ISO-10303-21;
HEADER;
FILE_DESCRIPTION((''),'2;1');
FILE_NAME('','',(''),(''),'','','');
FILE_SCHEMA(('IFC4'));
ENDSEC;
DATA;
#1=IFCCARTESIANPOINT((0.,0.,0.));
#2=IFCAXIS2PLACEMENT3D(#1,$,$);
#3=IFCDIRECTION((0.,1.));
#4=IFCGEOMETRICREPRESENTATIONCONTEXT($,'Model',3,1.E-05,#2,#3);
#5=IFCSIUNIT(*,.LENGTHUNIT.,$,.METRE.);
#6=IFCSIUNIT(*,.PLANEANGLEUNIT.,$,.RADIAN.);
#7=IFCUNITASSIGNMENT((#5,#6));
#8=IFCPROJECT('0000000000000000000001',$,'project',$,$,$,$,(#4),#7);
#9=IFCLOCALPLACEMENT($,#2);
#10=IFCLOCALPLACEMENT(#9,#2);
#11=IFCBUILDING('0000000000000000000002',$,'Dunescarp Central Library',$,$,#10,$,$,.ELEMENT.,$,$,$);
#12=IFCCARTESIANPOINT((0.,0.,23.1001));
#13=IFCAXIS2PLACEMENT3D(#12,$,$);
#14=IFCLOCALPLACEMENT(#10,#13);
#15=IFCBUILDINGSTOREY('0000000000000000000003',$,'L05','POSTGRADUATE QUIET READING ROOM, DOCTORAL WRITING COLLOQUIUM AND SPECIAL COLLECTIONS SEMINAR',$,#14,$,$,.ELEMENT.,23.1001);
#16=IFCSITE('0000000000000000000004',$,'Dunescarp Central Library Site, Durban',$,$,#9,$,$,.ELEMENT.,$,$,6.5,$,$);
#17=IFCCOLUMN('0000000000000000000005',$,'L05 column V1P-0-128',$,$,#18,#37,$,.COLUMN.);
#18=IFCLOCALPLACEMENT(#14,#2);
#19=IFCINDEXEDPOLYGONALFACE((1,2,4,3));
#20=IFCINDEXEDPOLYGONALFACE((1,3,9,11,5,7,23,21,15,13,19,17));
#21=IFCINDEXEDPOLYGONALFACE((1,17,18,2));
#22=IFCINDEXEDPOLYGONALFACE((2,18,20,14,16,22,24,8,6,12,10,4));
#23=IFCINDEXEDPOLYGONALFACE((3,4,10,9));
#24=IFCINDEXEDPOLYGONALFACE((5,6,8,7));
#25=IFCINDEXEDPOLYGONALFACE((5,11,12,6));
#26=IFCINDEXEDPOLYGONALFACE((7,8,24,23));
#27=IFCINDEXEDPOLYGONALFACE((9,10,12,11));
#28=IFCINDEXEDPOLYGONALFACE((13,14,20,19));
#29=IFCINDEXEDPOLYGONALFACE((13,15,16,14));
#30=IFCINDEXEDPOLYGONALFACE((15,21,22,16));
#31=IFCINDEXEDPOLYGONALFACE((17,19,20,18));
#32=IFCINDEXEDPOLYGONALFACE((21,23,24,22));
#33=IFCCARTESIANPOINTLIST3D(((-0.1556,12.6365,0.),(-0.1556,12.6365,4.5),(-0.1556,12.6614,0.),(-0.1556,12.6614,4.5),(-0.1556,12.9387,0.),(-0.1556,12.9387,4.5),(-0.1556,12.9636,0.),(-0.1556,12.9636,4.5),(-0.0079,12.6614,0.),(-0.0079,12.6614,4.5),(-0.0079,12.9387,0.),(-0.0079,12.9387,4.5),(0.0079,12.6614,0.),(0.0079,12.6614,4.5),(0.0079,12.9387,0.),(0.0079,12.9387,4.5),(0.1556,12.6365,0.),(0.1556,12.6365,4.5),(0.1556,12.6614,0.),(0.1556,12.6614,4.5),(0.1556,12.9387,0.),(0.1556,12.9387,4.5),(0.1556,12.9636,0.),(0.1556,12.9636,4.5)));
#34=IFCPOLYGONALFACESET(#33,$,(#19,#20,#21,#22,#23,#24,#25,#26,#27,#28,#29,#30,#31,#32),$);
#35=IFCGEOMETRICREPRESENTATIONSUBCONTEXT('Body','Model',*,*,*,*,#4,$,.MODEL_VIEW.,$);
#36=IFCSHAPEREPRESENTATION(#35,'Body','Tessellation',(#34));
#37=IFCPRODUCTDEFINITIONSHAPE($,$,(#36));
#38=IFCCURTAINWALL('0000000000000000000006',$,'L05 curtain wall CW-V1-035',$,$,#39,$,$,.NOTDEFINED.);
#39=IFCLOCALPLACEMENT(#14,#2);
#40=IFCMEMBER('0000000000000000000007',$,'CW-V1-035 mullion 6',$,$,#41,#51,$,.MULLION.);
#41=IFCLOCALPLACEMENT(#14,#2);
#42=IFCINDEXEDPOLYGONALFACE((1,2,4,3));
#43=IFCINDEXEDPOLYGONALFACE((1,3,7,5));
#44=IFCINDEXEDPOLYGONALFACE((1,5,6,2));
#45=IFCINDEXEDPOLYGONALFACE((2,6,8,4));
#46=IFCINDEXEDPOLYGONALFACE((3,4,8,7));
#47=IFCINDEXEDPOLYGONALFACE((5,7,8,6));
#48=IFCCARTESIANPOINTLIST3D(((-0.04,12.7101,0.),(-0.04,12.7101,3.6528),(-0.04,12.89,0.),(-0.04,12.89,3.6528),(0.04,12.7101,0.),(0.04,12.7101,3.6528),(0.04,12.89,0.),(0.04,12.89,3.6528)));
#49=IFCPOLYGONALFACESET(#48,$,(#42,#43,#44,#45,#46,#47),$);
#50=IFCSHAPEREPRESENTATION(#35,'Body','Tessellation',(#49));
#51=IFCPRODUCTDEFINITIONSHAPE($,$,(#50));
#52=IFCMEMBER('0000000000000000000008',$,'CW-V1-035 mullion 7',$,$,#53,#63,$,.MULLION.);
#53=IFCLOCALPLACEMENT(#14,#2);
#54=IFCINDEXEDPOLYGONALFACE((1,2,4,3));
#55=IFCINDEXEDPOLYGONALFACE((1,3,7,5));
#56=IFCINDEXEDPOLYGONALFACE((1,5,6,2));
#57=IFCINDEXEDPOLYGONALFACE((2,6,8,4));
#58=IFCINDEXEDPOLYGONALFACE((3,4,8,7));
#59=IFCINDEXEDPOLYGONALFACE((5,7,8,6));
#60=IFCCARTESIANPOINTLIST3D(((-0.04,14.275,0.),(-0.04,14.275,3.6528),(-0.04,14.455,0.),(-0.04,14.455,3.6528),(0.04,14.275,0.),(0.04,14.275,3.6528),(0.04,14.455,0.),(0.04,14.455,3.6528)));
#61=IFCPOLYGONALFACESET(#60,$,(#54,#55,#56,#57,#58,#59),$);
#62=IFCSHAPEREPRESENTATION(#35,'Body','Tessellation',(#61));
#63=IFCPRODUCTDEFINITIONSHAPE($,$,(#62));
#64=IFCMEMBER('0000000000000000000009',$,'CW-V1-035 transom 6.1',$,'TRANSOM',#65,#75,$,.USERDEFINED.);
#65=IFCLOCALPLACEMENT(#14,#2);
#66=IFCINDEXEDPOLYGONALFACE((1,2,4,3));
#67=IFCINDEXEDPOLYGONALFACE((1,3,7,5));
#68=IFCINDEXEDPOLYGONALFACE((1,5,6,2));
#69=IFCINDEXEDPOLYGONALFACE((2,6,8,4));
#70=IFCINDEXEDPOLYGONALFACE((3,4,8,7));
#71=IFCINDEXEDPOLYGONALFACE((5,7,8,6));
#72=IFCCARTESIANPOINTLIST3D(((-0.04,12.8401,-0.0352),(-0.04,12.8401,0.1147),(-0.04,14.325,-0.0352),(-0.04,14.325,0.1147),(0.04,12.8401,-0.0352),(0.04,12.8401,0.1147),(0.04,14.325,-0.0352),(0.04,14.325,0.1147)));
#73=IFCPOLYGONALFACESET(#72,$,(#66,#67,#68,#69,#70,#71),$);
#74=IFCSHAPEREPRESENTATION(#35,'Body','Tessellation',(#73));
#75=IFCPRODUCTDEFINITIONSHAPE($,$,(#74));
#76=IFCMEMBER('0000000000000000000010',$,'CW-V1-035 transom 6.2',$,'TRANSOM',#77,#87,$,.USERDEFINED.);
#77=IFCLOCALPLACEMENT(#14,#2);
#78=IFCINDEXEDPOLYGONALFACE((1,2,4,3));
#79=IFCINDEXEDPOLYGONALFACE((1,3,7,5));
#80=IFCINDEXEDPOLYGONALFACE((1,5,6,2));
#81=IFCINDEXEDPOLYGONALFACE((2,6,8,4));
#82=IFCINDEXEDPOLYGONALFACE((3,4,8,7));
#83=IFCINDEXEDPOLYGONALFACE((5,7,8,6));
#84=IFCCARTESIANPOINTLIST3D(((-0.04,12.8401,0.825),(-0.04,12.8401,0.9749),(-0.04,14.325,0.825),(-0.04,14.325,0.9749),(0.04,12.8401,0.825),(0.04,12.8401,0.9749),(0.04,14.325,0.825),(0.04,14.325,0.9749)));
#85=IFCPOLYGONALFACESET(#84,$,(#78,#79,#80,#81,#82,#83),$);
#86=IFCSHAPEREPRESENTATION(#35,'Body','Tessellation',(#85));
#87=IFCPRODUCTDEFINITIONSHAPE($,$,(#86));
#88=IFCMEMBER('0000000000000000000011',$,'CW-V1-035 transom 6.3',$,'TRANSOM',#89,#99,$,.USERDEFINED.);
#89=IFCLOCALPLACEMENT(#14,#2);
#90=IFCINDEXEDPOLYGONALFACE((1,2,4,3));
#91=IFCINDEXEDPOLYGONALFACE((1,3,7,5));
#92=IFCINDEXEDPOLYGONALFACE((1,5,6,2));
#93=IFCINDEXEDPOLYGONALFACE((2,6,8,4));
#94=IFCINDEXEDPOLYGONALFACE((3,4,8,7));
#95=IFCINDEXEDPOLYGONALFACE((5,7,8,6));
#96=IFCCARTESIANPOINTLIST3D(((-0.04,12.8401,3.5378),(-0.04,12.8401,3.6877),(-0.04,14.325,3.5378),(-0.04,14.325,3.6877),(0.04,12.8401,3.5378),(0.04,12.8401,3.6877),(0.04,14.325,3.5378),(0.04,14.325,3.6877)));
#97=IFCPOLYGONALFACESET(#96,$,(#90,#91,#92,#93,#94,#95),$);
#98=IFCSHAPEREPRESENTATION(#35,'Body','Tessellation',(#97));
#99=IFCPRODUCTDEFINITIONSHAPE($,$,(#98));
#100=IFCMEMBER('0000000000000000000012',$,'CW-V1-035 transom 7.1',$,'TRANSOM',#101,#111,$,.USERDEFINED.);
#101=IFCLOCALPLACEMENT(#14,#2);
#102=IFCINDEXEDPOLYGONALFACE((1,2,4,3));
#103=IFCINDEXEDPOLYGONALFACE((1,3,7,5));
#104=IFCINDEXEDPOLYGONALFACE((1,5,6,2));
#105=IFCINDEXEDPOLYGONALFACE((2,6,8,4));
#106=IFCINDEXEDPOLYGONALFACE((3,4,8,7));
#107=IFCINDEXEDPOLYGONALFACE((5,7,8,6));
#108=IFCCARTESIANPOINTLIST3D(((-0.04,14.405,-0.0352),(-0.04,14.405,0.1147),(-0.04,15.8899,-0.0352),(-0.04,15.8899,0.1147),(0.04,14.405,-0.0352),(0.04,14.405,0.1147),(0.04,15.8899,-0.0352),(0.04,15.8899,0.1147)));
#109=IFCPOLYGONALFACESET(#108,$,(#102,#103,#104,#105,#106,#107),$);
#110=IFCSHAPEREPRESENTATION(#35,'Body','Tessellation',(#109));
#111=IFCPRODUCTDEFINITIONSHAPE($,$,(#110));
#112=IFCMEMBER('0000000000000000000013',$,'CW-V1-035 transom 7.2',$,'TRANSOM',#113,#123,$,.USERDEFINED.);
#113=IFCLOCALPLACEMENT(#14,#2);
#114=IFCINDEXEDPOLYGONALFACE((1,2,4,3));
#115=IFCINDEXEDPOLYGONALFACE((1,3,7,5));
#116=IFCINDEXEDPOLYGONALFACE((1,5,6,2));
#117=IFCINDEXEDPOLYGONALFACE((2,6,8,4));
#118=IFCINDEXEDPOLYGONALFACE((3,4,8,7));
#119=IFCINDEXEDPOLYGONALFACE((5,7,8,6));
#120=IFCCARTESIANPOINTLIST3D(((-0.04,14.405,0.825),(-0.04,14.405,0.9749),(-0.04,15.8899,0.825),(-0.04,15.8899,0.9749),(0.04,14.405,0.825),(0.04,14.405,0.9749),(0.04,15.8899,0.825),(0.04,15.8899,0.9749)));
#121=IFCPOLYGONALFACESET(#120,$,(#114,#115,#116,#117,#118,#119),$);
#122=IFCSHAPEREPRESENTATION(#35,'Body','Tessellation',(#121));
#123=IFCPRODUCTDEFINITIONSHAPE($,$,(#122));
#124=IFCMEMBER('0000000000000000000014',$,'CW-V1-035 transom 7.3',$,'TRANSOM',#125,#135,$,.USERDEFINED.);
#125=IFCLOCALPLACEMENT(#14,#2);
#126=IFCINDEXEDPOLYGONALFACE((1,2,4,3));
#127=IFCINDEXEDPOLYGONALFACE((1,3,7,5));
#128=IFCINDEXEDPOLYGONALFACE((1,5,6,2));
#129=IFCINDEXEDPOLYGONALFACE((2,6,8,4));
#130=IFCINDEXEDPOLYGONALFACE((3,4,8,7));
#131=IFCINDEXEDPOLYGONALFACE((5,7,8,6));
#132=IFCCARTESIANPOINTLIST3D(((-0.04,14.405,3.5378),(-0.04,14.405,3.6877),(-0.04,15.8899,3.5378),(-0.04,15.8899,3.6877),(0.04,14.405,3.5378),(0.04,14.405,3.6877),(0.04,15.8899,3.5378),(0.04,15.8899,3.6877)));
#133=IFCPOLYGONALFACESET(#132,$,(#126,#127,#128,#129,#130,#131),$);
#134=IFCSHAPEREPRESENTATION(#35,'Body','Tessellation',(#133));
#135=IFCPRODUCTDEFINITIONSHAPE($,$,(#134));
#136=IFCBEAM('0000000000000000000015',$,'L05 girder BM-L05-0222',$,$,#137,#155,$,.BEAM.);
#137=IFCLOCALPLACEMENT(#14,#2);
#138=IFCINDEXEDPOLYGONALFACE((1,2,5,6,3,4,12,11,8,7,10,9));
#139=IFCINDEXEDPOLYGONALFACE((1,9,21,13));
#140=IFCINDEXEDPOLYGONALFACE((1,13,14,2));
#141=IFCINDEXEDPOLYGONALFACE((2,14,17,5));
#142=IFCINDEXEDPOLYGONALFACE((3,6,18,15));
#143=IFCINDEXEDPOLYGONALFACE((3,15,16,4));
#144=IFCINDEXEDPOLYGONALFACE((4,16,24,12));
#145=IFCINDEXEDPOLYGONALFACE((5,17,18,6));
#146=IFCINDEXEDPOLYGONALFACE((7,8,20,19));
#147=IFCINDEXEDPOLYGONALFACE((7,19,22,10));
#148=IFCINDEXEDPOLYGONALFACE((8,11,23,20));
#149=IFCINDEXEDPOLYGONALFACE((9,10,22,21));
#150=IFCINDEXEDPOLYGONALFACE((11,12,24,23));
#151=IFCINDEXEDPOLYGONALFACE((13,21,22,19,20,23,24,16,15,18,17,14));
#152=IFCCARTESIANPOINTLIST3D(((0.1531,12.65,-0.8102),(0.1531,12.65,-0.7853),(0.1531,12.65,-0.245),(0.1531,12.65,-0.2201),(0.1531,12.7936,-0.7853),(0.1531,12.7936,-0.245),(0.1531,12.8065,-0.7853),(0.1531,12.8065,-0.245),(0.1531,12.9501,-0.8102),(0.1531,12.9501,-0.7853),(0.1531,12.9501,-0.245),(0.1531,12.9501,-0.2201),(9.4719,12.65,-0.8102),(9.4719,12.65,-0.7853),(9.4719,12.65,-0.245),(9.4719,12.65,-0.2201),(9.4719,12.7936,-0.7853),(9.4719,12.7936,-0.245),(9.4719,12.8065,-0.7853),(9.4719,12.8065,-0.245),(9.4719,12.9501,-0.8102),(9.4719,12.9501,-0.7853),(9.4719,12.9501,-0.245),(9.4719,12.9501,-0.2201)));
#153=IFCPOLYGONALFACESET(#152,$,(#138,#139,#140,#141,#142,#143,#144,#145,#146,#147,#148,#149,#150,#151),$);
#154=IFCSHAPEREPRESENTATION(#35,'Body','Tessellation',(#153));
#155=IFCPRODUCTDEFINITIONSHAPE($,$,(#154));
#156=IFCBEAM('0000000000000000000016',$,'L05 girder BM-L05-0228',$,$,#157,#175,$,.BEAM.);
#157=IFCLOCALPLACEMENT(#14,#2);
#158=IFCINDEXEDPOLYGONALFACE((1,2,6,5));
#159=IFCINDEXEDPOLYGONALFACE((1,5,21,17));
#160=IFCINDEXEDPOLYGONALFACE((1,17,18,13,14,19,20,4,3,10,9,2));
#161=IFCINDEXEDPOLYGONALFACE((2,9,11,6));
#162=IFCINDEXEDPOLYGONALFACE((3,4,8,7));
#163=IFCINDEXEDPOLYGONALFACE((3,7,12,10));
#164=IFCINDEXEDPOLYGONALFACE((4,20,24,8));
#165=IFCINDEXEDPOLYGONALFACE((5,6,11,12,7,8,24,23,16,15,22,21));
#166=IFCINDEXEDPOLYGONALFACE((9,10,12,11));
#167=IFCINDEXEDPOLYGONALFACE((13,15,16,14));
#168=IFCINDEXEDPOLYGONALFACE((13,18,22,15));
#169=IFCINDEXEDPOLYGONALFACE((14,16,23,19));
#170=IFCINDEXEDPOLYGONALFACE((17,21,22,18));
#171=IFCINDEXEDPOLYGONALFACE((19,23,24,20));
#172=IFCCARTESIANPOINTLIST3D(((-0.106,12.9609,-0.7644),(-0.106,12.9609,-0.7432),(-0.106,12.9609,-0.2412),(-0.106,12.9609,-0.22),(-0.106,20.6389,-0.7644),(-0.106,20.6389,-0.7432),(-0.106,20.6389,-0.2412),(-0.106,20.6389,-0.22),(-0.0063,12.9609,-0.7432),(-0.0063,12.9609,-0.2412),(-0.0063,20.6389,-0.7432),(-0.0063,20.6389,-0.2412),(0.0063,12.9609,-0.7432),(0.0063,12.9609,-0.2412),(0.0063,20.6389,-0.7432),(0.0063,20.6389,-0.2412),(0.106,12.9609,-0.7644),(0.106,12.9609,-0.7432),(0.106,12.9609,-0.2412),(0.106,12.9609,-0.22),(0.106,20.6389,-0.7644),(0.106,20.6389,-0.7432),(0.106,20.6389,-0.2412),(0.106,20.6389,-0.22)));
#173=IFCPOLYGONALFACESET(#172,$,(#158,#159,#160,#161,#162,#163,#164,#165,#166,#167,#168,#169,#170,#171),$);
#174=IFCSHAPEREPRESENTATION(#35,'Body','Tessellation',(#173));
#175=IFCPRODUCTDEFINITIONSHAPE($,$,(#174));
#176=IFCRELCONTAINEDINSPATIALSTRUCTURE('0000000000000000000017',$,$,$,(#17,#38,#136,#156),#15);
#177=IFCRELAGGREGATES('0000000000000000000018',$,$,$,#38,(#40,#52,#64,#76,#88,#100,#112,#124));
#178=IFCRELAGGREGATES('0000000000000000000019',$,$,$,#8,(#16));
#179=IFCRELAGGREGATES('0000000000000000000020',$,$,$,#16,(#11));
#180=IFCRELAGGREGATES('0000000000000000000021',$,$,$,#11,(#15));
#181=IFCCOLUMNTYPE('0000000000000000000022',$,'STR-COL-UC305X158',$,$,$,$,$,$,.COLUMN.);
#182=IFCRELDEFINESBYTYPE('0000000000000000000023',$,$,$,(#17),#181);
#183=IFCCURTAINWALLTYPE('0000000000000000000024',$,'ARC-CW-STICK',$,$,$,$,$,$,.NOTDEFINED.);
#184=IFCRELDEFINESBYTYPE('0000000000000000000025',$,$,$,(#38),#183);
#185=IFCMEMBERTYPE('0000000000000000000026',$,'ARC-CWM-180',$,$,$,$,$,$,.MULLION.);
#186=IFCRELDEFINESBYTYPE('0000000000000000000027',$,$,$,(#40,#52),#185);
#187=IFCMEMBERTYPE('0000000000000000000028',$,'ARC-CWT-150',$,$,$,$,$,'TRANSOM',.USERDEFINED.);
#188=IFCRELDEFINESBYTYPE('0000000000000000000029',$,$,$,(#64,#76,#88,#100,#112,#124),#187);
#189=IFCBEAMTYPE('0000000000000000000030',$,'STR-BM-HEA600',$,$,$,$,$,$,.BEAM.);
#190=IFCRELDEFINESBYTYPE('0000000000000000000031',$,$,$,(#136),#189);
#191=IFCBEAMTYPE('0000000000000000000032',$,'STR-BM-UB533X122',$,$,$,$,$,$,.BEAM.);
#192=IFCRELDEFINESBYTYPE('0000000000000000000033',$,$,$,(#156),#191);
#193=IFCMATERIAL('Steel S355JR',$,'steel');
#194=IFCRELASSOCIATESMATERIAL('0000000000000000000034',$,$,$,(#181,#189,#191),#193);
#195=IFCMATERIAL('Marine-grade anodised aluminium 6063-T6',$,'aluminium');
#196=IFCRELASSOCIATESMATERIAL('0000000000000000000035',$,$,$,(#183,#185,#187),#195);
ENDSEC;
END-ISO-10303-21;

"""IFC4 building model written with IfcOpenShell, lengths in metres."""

from ifc_helpers import new_model, si_unit, direction, frame, origin, origin_2d, place, context, subcontext, project, spatial, rectangle, i_section, extrude, material, material_profile, profile_set, type_object, element, aggregate, save


model = new_model("IFC4")

# Units and contexts
model_context = context("Model", 3, precision=1e-05, world=origin(), true_north=direction((0.0, 1.0)))
body_context = subcontext(model_context, "Body", "Model", "MODEL_VIEW")
ifc_project = project(units=[si_unit("LENGTHUNIT", "METRE"), si_unit("PLANEANGLEUNIT", "RADIAN")], contexts=[model_context])

# Site, building, storey
site_placement = place(None, origin())
site = spatial("IfcSite", under=ifc_project, at=site_placement, Name="Dunescarp Central Library Site, Durban", CompositionType="ELEMENT", RefElevation=6.5)
building_placement = place(site_placement, origin())
building = spatial("IfcBuilding", under=site, at=building_placement, Name="Dunescarp Central Library", CompositionType="ELEMENT")
storey_placement = place(building_placement, frame((0.0, 0.0, 23.1001)))
storey = spatial("IfcBuildingStorey", under=building, at=storey_placement, Name="L05", Description="POSTGRADUATE QUIET READING ROOM, DOCTORAL WRITING COLLOQUIUM AND SPECIAL COLLECTIONS SEMINAR", CompositionType="ELEMENT", Elevation=23.1001)

# Column
ifc_material_1 = material(Name="Steel S355JR", Category="steel")
ifc_material_profile_1 = material_profile(ifc_material_1, i_section(OverallWidth=0.3113, OverallDepth=0.3271, WebThickness=0.0159, FlangeThickness=0.0249, at=origin_2d()), Name="UC 305x305x158")
ifc_profile_set_1 = profile_set([ifc_material_profile_1], Name="Steel S355JR")
column_type = type_object("IfcColumnType", Name="STR-COL-UC305X158", PredefinedType="COLUMN", material=ifc_profile_set_1)
column_placement = place(storey_placement, frame((0.0, 12.8, 0.0), z_axis=(0.0, 0.0, 1.0), x_axis=(1.0, 0.0, 0.0)))
element("IfcColumn", 1, at=column_placement, inside=storey, type_object=column_type, Name="L05 column V1P-0-128", PredefinedType="COLUMN", context=body_context, shape_type="SweptSolid", body=[
    extrude(i_section(OverallWidth=0.3113, OverallDepth=0.3271, WebThickness=0.0159, FlangeThickness=0.0249, at=origin_2d()), origin(), (0.0, 0.0, 1.0), 4.5),
])

# Curtain wall, members
ifc_material_2 = material(Name="Marine-grade anodised aluminium 6063-T6", Category="aluminium")
curtain_wall_type = type_object("IfcCurtainWallType", Name="ARC-CW-STICK", PredefinedType="NOTDEFINED", material=ifc_material_2)
curtain_wall_placement = place(storey_placement, origin())
curtain_wall = element("IfcCurtainWall", 2, at=curtain_wall_placement, inside=storey, type_object=curtain_wall_type, Name="L05 curtain wall CW-V1-035", PredefinedType="NOTDEFINED")
ifc_material_profile_2 = material_profile(ifc_material_2, rectangle(XDim=0.0801, YDim=0.1799, at=origin_2d()), Name="AL 80x180")
ifc_profile_set_2 = profile_set([ifc_material_profile_2], Name="Marine-grade anodised aluminium 6063-T6")
member_type_1 = type_object("IfcMemberType", Name="ARC-CWM-180", PredefinedType="MULLION", material=ifc_profile_set_2)
member_1_placement = place(storey_placement, frame((0.0, 12.8, 0.0), z_axis=(0.0, 0.0, 1.0), x_axis=(-1.0, 0.0, 0.0)))
member_1 = element("IfcMember", 3, at=member_1_placement, type_object=member_type_1, Name="CW-V1-035 mullion 6", PredefinedType="MULLION", context=body_context, shape_type="SweptSolid", body=[
    extrude(rectangle(XDim=0.0801, YDim=0.1799, at=origin_2d()), origin(), (0.0, 0.0, 1.0), 3.6528),
])
member_2_placement = place(storey_placement, frame((0.0, 14.365, 0.0), z_axis=(0.0, 0.0, 1.0), x_axis=(-1.0, 0.0, 0.0)))
member_2 = element("IfcMember", 4, at=member_2_placement, type_object=member_type_1, Name="CW-V1-035 mullion 7", PredefinedType="MULLION", context=body_context, shape_type="SweptSolid", body=[
    extrude(rectangle(XDim=0.0801, YDim=0.1799, at=origin_2d()), origin(), (0.0, 0.0, 1.0), 3.6528),
])
ifc_material_profile_3 = material_profile(ifc_material_2, rectangle(XDim=0.0801, YDim=0.1499, at=origin_2d()), Name="AL 80x150")
ifc_profile_set_3 = profile_set([ifc_material_profile_3], Name="Marine-grade anodised aluminium 6063-T6")
member_type_2 = type_object("IfcMemberType", Name="ARC-CWT-150", ElementType="TRANSOM", PredefinedType="USERDEFINED", material=ifc_profile_set_3)
member_3_placement = place(storey_placement, frame((0.0, 12.8401, 0.0398), z_axis=(0.0, 1.0, 0.0), x_axis=(-1.0, 0.0, 0.0)))
member_3 = element("IfcMember", 5, at=member_3_placement, type_object=member_type_2, Name="CW-V1-035 transom 6.1", ObjectType="TRANSOM", PredefinedType="USERDEFINED", context=body_context, shape_type="SweptSolid", body=[
    extrude(rectangle(XDim=0.0801, YDim=0.1499, at=origin_2d()), origin(), (0.0, 0.0, 1.0), 1.4849),
])
member_4_placement = place(storey_placement, frame((0.0, 12.8401, 0.8999), z_axis=(0.0, 1.0, 0.0), x_axis=(-1.0, 0.0, 0.0)))
member_4 = element("IfcMember", 6, at=member_4_placement, type_object=member_type_2, Name="CW-V1-035 transom 6.2", ObjectType="TRANSOM", PredefinedType="USERDEFINED", context=body_context, shape_type="SweptSolid", body=[
    extrude(rectangle(XDim=0.0801, YDim=0.1499, at=origin_2d()), origin(), (0.0, 0.0, 1.0), 1.4849),
])
member_5_placement = place(storey_placement, frame((0.0, 12.8401, 3.6128), z_axis=(0.0, 1.0, 0.0), x_axis=(-1.0, 0.0, 0.0)))
member_5 = element("IfcMember", 7, at=member_5_placement, type_object=member_type_2, Name="CW-V1-035 transom 6.3", ObjectType="TRANSOM", PredefinedType="USERDEFINED", context=body_context, shape_type="SweptSolid", body=[
    extrude(rectangle(XDim=0.0801, YDim=0.1499, at=origin_2d()), origin(), (0.0, 0.0, 1.0), 1.4849),
])
member_6_placement = place(storey_placement, frame((0.0, 14.405, 0.0398), z_axis=(0.0, 1.0, 0.0), x_axis=(-1.0, 0.0, 0.0)))
member_6 = element("IfcMember", 8, at=member_6_placement, type_object=member_type_2, Name="CW-V1-035 transom 7.1", ObjectType="TRANSOM", PredefinedType="USERDEFINED", context=body_context, shape_type="SweptSolid", body=[
    extrude(rectangle(XDim=0.0801, YDim=0.1499, at=origin_2d()), origin(), (0.0, 0.0, 1.0), 1.4849),
])
member_7_placement = place(storey_placement, frame((0.0, 14.405, 0.8999), z_axis=(0.0, 1.0, 0.0), x_axis=(-1.0, 0.0, 0.0)))
member_7 = element("IfcMember", 9, at=member_7_placement, type_object=member_type_2, Name="CW-V1-035 transom 7.2", ObjectType="TRANSOM", PredefinedType="USERDEFINED", context=body_context, shape_type="SweptSolid", body=[
    extrude(rectangle(XDim=0.0801, YDim=0.1499, at=origin_2d()), origin(), (0.0, 0.0, 1.0), 1.4849),
])
member_8_placement = place(storey_placement, frame((0.0, 14.405, 3.6128), z_axis=(0.0, 1.0, 0.0), x_axis=(-1.0, 0.0, 0.0)))
member_8 = element("IfcMember", 10, at=member_8_placement, type_object=member_type_2, Name="CW-V1-035 transom 7.3", ObjectType="TRANSOM", PredefinedType="USERDEFINED", context=body_context, shape_type="SweptSolid", body=[
    extrude(rectangle(XDim=0.0801, YDim=0.1499, at=origin_2d()), origin(), (0.0, 0.0, 1.0), 1.4849),
])

# Beams
ifc_material_profile_4 = material_profile(ifc_material_1, i_section(OverallWidth=0.3, OverallDepth=0.5901, WebThickness=0.0129, FlangeThickness=0.0249, at=origin_2d()), Name="HEA 600")
ifc_profile_set_4 = profile_set([ifc_material_profile_4], Name="Steel S355JR")
beam_type_1 = type_object("IfcBeamType", Name="STR-BM-HEA600", PredefinedType="BEAM", material=ifc_profile_set_4)
beam_1_placement = place(storey_placement, frame((0.1531, 12.8, -0.5151), z_axis=(1.0, 0.0, 0.0), x_axis=(0.0, 1.0, 0.0)))
element("IfcBeam", 11, at=beam_1_placement, inside=storey, type_object=beam_type_1, Name="L05 girder BM-L05-0222", PredefinedType="BEAM", context=body_context, shape_type="SweptSolid", body=[
    extrude(i_section(OverallWidth=0.3, OverallDepth=0.5901, WebThickness=0.0129, FlangeThickness=0.0249, at=origin_2d()), origin(), (0.0, 0.0, 1.0), 9.3188),
])
ifc_material_profile_5 = material_profile(ifc_material_1, i_section(OverallWidth=0.2119, OverallDepth=0.5444, WebThickness=0.0127, FlangeThickness=0.0212, at=origin_2d()), Name="UB 533x210x122")
ifc_profile_set_5 = profile_set([ifc_material_profile_5], Name="Steel S355JR")
beam_type_2 = type_object("IfcBeamType", Name="STR-BM-UB533X122", PredefinedType="BEAM", material=ifc_profile_set_5)
beam_2_placement = place(storey_placement, frame((0.0, 12.9609, -0.4922), z_axis=(0.0, 1.0, 0.0), x_axis=(-1.0, 0.0, 0.0)))
element("IfcBeam", 12, at=beam_2_placement, inside=storey, type_object=beam_type_2, Name="L05 girder BM-L05-0228", PredefinedType="BEAM", context=body_context, shape_type="SweptSolid", body=[
    extrude(i_section(OverallWidth=0.2119, OverallDepth=0.5444, WebThickness=0.0127, FlangeThickness=0.0212, at=origin_2d()), origin(), (0.0, 0.0, 1.0), 7.678),
])

aggregate(curtain_wall, [member_1, member_2, member_3, member_4, member_5, member_6, member_7, member_8])

save(model, "model.ifc")
